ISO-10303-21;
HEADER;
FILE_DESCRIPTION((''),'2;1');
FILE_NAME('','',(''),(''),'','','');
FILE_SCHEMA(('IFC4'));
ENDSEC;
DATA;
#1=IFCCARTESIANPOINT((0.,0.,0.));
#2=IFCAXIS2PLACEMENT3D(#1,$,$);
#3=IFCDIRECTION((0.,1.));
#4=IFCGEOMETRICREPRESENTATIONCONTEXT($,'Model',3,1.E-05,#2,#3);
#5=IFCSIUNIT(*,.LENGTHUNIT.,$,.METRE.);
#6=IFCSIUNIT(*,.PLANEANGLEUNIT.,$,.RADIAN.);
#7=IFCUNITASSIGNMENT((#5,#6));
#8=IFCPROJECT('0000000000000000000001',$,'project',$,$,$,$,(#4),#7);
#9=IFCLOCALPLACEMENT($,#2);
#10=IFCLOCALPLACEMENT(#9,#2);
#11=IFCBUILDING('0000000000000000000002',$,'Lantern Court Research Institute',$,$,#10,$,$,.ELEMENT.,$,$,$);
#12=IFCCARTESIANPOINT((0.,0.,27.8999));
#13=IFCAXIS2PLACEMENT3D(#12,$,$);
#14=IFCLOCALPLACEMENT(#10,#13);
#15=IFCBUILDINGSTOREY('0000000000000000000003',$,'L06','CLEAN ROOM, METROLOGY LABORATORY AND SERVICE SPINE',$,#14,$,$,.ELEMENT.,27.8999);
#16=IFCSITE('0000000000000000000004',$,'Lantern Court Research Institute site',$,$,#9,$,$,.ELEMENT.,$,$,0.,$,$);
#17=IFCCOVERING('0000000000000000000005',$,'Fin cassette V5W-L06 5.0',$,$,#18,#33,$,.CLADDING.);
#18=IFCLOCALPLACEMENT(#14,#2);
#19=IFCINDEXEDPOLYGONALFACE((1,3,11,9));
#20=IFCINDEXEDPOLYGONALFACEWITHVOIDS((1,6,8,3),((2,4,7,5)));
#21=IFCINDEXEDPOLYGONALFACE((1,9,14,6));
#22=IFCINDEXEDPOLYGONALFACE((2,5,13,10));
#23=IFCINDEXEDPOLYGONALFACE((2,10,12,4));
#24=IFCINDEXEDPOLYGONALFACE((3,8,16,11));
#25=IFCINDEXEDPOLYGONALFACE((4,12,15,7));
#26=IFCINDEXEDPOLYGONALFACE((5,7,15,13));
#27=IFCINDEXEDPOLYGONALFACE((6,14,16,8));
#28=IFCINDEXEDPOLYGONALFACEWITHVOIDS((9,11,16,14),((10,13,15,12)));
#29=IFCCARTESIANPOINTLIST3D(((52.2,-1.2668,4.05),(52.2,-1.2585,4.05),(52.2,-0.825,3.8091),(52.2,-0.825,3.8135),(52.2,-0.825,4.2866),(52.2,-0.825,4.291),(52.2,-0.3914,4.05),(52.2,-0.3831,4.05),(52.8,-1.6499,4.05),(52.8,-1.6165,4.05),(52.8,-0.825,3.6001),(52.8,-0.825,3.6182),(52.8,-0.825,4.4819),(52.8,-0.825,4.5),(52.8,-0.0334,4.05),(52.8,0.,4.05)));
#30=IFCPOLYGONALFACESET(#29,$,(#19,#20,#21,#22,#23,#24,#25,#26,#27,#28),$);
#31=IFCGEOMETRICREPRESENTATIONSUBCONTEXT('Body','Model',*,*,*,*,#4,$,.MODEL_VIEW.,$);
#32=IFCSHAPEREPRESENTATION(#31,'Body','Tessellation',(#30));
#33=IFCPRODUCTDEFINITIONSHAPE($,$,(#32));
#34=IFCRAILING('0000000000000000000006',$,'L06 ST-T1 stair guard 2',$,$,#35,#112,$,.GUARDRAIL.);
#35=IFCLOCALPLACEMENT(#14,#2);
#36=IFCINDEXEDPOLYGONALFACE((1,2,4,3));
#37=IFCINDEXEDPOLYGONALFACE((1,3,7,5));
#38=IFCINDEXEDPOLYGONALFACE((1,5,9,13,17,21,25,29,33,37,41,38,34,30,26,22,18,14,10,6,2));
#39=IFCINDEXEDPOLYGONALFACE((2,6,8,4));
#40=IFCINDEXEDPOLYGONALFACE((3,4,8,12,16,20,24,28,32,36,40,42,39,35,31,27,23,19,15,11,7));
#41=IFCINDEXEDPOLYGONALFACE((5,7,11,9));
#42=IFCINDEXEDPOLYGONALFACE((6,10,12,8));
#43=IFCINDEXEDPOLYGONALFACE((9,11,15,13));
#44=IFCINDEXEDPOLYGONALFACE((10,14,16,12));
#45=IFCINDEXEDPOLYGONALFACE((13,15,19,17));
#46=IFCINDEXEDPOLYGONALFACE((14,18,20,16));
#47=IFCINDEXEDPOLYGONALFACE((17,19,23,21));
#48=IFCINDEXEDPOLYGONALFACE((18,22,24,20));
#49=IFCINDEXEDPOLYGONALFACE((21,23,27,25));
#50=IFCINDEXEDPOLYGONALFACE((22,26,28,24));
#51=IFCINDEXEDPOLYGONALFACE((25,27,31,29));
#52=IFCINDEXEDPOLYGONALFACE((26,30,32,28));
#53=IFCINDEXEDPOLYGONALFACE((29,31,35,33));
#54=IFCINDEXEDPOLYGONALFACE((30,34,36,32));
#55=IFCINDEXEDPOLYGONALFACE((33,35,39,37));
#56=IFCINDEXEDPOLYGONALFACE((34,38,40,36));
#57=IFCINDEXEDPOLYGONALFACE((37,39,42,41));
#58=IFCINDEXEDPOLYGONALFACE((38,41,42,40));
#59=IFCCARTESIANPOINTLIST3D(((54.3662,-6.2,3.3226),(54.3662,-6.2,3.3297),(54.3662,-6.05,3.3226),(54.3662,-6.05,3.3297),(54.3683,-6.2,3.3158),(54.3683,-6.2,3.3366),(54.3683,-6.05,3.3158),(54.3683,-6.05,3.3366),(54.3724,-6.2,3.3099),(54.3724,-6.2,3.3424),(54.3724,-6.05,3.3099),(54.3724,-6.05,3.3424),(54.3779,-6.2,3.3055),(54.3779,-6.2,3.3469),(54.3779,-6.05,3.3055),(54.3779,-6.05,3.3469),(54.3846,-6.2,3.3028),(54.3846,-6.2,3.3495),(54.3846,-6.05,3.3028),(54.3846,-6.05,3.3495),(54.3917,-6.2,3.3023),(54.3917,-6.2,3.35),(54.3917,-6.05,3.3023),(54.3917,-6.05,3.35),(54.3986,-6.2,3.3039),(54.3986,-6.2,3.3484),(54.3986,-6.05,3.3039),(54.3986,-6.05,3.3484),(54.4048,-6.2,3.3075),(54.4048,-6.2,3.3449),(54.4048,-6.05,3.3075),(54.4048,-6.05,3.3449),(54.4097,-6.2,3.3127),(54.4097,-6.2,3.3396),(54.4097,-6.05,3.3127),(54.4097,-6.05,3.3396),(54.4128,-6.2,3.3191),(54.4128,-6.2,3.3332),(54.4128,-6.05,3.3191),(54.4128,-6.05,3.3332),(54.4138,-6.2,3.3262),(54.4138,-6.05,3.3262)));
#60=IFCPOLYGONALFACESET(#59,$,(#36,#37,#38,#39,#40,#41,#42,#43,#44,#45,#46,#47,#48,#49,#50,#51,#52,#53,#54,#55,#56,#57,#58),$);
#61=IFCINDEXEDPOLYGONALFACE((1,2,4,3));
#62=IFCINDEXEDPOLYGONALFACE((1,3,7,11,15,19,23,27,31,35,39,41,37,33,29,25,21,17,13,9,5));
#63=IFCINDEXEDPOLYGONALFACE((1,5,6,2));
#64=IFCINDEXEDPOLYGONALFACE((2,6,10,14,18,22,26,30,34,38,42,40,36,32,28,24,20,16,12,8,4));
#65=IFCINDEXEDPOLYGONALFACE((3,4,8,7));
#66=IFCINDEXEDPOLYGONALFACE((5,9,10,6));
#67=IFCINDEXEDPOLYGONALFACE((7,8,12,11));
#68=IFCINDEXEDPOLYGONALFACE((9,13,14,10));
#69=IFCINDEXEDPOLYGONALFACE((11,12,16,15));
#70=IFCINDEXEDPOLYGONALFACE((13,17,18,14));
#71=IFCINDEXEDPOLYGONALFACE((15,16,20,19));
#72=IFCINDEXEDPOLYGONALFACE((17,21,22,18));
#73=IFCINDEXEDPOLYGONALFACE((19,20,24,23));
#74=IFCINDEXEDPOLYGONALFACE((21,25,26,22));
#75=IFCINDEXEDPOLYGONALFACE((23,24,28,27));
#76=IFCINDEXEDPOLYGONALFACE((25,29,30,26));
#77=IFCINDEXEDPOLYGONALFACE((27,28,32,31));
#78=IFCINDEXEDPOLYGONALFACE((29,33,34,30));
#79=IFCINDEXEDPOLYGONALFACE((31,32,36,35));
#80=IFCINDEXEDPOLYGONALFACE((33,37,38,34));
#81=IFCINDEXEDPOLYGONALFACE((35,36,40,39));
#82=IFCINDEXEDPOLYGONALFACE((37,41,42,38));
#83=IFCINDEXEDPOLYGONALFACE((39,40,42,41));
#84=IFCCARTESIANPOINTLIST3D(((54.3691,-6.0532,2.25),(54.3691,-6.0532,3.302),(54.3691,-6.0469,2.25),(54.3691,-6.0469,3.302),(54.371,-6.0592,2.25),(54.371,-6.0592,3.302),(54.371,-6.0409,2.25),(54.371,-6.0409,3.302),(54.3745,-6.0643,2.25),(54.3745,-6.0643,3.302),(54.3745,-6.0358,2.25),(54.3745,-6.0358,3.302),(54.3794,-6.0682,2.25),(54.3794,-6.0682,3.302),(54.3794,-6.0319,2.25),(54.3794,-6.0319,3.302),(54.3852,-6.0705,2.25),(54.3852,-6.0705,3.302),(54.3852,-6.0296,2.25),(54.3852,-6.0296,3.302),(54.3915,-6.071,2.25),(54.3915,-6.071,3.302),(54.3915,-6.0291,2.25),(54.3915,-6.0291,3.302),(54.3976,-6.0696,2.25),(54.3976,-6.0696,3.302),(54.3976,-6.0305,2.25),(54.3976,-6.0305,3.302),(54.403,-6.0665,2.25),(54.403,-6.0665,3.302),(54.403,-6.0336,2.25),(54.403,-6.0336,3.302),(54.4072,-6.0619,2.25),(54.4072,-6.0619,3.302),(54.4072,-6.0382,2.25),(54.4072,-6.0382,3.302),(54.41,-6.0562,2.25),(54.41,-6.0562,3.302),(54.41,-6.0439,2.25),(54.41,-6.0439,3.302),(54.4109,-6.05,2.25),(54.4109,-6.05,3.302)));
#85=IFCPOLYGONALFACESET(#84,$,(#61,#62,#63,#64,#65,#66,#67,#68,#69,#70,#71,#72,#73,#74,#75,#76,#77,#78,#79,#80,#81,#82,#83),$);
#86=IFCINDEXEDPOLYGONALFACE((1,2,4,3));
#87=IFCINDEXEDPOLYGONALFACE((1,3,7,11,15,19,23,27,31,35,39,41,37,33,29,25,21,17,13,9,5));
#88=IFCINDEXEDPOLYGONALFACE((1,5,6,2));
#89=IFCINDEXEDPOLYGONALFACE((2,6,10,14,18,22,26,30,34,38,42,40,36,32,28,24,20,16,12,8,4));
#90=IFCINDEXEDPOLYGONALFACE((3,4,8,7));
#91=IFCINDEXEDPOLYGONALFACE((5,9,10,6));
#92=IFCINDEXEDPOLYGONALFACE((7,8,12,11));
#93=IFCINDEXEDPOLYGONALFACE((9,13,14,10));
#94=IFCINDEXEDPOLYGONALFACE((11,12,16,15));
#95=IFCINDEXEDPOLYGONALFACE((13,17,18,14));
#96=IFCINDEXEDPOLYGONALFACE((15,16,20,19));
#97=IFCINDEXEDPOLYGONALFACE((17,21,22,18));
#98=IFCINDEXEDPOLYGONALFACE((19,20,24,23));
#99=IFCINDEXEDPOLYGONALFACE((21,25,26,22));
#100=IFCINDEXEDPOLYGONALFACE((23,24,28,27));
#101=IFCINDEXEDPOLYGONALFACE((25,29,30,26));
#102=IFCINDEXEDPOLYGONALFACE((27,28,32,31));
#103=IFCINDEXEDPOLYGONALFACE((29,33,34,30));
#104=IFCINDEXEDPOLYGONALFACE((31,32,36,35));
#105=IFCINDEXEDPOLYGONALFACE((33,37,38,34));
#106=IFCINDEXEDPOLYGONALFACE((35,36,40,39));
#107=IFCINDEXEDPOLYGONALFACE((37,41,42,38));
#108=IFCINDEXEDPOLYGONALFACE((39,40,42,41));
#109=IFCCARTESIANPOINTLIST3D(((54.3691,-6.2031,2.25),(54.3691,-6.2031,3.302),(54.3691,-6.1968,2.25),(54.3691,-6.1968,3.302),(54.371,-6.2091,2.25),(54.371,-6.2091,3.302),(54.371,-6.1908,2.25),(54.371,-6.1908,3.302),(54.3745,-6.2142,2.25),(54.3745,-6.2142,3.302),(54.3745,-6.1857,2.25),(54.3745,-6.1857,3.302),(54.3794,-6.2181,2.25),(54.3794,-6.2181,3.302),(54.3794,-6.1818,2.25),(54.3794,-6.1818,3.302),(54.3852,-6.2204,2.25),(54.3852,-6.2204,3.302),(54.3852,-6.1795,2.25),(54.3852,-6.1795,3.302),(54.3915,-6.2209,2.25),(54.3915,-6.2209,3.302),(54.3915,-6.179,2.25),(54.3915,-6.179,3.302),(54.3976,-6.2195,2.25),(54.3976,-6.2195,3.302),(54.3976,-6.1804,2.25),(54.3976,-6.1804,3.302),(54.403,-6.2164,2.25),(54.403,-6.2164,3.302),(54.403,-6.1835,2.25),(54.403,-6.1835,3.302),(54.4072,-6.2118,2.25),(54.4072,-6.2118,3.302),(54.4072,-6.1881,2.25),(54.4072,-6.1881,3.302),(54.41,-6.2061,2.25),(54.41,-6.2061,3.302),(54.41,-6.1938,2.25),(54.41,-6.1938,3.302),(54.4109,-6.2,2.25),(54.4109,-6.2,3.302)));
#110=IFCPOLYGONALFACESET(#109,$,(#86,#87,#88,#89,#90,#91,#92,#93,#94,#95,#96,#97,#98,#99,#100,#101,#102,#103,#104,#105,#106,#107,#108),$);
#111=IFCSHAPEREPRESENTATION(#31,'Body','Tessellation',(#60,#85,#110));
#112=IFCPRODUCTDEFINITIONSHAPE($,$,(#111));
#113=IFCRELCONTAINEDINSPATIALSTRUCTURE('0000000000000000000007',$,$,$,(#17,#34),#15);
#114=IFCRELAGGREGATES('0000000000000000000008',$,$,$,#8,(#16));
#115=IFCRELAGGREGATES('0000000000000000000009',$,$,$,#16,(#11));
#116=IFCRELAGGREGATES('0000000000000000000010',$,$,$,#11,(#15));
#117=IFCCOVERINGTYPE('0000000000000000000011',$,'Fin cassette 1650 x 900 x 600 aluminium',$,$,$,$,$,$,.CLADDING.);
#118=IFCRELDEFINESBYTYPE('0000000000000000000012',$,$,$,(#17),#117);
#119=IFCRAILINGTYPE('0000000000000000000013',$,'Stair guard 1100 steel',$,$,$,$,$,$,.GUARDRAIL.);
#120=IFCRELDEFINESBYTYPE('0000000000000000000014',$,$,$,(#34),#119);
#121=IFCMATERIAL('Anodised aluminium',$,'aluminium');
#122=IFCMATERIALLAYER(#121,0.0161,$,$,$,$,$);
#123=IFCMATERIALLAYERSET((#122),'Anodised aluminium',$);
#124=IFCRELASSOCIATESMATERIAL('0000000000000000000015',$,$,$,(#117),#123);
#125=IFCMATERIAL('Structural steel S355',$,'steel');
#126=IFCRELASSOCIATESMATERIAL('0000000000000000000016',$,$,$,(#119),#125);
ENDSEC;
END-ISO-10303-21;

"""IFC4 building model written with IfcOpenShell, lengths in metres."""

from ifc_helpers import new_model, entity, si_unit, direction, frame, origin, origin_2d, place, context, subcontext, project, spatial, circle, extrude, material, layer, layer_set, type_object, element, save


model = new_model("IFC4")

# Units and contexts
model_context = context("Model", 3, precision=1e-05, world=origin(), true_north=direction((0.0, 1.0)))
body_context = subcontext(model_context, "Body", "Model", "MODEL_VIEW")
ifc_project = project(units=[si_unit("LENGTHUNIT", "METRE"), si_unit("PLANEANGLEUNIT", "RADIAN")], contexts=[model_context])

# Site, building, storey
site_placement = place(None, origin())
site = spatial("IfcSite", under=ifc_project, at=site_placement, Name="Lantern Court Research Institute site", CompositionType="ELEMENT", RefElevation=0.0)
building_placement = place(site_placement, origin())
building = spatial("IfcBuilding", under=site, at=building_placement, Name="Lantern Court Research Institute", CompositionType="ELEMENT")
storey_placement = place(building_placement, frame((0.0, 0.0, 27.8999)))
storey = spatial("IfcBuildingStorey", under=building, at=storey_placement, Name="L06", Description="CLEAN ROOM, METROLOGY LABORATORY AND SERVICE SPINE", CompositionType="ELEMENT", Elevation=27.8999)

# Covering
ifc_material_1 = material(Name="Anodised aluminium", Category="aluminium")
ifc_layer = layer(ifc_material_1, 0.0161)
ifc_layer_set = layer_set([ifc_layer], Name="Anodised aluminium")
covering_type = type_object("IfcCoveringType", Name="Fin cassette 1650 x 900 x 600 aluminium", PredefinedType="CLADDING", material=ifc_layer_set)
covering_1_placement = place(storey_placement, frame((52.8, -0.825, 4.05), z_axis=(-1.0, 0.0, 0.0), x_axis=(0.0, -1.0, 0.0)))
cartesian_point_1 = entity("IfcCartesianPoint", [0.825, 0.0])
cartesian_point_2 = entity("IfcCartesianPoint", [0.7915, 0.0])
cartesian_point_3 = entity("IfcCartesianPoint", [0.4419, 0.0])
cartesian_point_4 = entity("IfcCartesianPoint", [0.4336, 0.0])
element("IfcCovering", 1, at=covering_1_placement, inside=storey, type_object=covering_type, Name="Fin cassette V5W-L06 5.0", PredefinedType="CLADDING", context=body_context, shape_type="SweptSolid", body=[
    entity("IfcExtrudedAreaSolidTapered", entity("IfcArbitraryProfileDefWithVoids", "AREA", None, entity("IfcPolyline", [cartesian_point_1, entity("IfcCartesianPoint", [0.0, 0.45]), entity("IfcCartesianPoint", [-0.825, 0.0]), entity("IfcCartesianPoint", [0.0, -0.45]), cartesian_point_1]), [entity("IfcPolyline", [cartesian_point_2, entity("IfcCartesianPoint", [0.0, 0.4319]), entity("IfcCartesianPoint", [-0.7915, 0.0]), entity("IfcCartesianPoint", [0.0, -0.4319]), cartesian_point_2])]), entity("IfcAxis2Placement3D", entity("IfcCartesianPoint", [0.0, 0.0, 0.0])), entity("IfcDirection", [0.0, 0.0, 1.0]), 0.6001, entity("IfcArbitraryProfileDefWithVoids", "AREA", None, entity("IfcPolyline", [cartesian_point_3, entity("IfcCartesianPoint", [0.0, 0.241]), entity("IfcCartesianPoint", [-0.4419, 0.0]), entity("IfcCartesianPoint", [0.0, -0.241]), cartesian_point_3]), [entity("IfcPolyline", [cartesian_point_4, entity("IfcCartesianPoint", [0.0, 0.2366]), entity("IfcCartesianPoint", [-0.4336, 0.0]), entity("IfcCartesianPoint", [0.0, -0.2366]), cartesian_point_4])])),
])

# Railing
ifc_material_2 = material(Name="Structural steel S355", Category="steel")
railing_type_1 = type_object("IfcRailingType", Name="Stair guard 1100 steel", PredefinedType="GUARDRAIL", material=ifc_material_2)
railing_1_placement = place(storey_placement, frame((54.3899, -6.05, 2.25)))
element("IfcRailing", 2, at=railing_1_placement, inside=storey, type_object=railing_type_1, Name="L06 ST-T1 stair guard 2", PredefinedType="GUARDRAIL", context=body_context, shape_type="SweptSolid", body=[
    extrude(circle(Radius=0.0239, at=origin_2d()), frame((0.0, 0.0, 1.0762), z_axis=(0.0, -1.0, 0.0), x_axis=(1.0, 0.0, 0.0)), (0.0, 0.0, 1.0), 0.1499),
    extrude(circle(Radius=0.021, at=origin_2d()), origin(), (0.0, 0.0, 1.0), 1.052),
    extrude(circle(Radius=0.021, at=origin_2d()), frame((0.0, -0.1499, 0.0)), (0.0, 0.0, 1.0), 1.052),
])

save(model, "model.ifc")
